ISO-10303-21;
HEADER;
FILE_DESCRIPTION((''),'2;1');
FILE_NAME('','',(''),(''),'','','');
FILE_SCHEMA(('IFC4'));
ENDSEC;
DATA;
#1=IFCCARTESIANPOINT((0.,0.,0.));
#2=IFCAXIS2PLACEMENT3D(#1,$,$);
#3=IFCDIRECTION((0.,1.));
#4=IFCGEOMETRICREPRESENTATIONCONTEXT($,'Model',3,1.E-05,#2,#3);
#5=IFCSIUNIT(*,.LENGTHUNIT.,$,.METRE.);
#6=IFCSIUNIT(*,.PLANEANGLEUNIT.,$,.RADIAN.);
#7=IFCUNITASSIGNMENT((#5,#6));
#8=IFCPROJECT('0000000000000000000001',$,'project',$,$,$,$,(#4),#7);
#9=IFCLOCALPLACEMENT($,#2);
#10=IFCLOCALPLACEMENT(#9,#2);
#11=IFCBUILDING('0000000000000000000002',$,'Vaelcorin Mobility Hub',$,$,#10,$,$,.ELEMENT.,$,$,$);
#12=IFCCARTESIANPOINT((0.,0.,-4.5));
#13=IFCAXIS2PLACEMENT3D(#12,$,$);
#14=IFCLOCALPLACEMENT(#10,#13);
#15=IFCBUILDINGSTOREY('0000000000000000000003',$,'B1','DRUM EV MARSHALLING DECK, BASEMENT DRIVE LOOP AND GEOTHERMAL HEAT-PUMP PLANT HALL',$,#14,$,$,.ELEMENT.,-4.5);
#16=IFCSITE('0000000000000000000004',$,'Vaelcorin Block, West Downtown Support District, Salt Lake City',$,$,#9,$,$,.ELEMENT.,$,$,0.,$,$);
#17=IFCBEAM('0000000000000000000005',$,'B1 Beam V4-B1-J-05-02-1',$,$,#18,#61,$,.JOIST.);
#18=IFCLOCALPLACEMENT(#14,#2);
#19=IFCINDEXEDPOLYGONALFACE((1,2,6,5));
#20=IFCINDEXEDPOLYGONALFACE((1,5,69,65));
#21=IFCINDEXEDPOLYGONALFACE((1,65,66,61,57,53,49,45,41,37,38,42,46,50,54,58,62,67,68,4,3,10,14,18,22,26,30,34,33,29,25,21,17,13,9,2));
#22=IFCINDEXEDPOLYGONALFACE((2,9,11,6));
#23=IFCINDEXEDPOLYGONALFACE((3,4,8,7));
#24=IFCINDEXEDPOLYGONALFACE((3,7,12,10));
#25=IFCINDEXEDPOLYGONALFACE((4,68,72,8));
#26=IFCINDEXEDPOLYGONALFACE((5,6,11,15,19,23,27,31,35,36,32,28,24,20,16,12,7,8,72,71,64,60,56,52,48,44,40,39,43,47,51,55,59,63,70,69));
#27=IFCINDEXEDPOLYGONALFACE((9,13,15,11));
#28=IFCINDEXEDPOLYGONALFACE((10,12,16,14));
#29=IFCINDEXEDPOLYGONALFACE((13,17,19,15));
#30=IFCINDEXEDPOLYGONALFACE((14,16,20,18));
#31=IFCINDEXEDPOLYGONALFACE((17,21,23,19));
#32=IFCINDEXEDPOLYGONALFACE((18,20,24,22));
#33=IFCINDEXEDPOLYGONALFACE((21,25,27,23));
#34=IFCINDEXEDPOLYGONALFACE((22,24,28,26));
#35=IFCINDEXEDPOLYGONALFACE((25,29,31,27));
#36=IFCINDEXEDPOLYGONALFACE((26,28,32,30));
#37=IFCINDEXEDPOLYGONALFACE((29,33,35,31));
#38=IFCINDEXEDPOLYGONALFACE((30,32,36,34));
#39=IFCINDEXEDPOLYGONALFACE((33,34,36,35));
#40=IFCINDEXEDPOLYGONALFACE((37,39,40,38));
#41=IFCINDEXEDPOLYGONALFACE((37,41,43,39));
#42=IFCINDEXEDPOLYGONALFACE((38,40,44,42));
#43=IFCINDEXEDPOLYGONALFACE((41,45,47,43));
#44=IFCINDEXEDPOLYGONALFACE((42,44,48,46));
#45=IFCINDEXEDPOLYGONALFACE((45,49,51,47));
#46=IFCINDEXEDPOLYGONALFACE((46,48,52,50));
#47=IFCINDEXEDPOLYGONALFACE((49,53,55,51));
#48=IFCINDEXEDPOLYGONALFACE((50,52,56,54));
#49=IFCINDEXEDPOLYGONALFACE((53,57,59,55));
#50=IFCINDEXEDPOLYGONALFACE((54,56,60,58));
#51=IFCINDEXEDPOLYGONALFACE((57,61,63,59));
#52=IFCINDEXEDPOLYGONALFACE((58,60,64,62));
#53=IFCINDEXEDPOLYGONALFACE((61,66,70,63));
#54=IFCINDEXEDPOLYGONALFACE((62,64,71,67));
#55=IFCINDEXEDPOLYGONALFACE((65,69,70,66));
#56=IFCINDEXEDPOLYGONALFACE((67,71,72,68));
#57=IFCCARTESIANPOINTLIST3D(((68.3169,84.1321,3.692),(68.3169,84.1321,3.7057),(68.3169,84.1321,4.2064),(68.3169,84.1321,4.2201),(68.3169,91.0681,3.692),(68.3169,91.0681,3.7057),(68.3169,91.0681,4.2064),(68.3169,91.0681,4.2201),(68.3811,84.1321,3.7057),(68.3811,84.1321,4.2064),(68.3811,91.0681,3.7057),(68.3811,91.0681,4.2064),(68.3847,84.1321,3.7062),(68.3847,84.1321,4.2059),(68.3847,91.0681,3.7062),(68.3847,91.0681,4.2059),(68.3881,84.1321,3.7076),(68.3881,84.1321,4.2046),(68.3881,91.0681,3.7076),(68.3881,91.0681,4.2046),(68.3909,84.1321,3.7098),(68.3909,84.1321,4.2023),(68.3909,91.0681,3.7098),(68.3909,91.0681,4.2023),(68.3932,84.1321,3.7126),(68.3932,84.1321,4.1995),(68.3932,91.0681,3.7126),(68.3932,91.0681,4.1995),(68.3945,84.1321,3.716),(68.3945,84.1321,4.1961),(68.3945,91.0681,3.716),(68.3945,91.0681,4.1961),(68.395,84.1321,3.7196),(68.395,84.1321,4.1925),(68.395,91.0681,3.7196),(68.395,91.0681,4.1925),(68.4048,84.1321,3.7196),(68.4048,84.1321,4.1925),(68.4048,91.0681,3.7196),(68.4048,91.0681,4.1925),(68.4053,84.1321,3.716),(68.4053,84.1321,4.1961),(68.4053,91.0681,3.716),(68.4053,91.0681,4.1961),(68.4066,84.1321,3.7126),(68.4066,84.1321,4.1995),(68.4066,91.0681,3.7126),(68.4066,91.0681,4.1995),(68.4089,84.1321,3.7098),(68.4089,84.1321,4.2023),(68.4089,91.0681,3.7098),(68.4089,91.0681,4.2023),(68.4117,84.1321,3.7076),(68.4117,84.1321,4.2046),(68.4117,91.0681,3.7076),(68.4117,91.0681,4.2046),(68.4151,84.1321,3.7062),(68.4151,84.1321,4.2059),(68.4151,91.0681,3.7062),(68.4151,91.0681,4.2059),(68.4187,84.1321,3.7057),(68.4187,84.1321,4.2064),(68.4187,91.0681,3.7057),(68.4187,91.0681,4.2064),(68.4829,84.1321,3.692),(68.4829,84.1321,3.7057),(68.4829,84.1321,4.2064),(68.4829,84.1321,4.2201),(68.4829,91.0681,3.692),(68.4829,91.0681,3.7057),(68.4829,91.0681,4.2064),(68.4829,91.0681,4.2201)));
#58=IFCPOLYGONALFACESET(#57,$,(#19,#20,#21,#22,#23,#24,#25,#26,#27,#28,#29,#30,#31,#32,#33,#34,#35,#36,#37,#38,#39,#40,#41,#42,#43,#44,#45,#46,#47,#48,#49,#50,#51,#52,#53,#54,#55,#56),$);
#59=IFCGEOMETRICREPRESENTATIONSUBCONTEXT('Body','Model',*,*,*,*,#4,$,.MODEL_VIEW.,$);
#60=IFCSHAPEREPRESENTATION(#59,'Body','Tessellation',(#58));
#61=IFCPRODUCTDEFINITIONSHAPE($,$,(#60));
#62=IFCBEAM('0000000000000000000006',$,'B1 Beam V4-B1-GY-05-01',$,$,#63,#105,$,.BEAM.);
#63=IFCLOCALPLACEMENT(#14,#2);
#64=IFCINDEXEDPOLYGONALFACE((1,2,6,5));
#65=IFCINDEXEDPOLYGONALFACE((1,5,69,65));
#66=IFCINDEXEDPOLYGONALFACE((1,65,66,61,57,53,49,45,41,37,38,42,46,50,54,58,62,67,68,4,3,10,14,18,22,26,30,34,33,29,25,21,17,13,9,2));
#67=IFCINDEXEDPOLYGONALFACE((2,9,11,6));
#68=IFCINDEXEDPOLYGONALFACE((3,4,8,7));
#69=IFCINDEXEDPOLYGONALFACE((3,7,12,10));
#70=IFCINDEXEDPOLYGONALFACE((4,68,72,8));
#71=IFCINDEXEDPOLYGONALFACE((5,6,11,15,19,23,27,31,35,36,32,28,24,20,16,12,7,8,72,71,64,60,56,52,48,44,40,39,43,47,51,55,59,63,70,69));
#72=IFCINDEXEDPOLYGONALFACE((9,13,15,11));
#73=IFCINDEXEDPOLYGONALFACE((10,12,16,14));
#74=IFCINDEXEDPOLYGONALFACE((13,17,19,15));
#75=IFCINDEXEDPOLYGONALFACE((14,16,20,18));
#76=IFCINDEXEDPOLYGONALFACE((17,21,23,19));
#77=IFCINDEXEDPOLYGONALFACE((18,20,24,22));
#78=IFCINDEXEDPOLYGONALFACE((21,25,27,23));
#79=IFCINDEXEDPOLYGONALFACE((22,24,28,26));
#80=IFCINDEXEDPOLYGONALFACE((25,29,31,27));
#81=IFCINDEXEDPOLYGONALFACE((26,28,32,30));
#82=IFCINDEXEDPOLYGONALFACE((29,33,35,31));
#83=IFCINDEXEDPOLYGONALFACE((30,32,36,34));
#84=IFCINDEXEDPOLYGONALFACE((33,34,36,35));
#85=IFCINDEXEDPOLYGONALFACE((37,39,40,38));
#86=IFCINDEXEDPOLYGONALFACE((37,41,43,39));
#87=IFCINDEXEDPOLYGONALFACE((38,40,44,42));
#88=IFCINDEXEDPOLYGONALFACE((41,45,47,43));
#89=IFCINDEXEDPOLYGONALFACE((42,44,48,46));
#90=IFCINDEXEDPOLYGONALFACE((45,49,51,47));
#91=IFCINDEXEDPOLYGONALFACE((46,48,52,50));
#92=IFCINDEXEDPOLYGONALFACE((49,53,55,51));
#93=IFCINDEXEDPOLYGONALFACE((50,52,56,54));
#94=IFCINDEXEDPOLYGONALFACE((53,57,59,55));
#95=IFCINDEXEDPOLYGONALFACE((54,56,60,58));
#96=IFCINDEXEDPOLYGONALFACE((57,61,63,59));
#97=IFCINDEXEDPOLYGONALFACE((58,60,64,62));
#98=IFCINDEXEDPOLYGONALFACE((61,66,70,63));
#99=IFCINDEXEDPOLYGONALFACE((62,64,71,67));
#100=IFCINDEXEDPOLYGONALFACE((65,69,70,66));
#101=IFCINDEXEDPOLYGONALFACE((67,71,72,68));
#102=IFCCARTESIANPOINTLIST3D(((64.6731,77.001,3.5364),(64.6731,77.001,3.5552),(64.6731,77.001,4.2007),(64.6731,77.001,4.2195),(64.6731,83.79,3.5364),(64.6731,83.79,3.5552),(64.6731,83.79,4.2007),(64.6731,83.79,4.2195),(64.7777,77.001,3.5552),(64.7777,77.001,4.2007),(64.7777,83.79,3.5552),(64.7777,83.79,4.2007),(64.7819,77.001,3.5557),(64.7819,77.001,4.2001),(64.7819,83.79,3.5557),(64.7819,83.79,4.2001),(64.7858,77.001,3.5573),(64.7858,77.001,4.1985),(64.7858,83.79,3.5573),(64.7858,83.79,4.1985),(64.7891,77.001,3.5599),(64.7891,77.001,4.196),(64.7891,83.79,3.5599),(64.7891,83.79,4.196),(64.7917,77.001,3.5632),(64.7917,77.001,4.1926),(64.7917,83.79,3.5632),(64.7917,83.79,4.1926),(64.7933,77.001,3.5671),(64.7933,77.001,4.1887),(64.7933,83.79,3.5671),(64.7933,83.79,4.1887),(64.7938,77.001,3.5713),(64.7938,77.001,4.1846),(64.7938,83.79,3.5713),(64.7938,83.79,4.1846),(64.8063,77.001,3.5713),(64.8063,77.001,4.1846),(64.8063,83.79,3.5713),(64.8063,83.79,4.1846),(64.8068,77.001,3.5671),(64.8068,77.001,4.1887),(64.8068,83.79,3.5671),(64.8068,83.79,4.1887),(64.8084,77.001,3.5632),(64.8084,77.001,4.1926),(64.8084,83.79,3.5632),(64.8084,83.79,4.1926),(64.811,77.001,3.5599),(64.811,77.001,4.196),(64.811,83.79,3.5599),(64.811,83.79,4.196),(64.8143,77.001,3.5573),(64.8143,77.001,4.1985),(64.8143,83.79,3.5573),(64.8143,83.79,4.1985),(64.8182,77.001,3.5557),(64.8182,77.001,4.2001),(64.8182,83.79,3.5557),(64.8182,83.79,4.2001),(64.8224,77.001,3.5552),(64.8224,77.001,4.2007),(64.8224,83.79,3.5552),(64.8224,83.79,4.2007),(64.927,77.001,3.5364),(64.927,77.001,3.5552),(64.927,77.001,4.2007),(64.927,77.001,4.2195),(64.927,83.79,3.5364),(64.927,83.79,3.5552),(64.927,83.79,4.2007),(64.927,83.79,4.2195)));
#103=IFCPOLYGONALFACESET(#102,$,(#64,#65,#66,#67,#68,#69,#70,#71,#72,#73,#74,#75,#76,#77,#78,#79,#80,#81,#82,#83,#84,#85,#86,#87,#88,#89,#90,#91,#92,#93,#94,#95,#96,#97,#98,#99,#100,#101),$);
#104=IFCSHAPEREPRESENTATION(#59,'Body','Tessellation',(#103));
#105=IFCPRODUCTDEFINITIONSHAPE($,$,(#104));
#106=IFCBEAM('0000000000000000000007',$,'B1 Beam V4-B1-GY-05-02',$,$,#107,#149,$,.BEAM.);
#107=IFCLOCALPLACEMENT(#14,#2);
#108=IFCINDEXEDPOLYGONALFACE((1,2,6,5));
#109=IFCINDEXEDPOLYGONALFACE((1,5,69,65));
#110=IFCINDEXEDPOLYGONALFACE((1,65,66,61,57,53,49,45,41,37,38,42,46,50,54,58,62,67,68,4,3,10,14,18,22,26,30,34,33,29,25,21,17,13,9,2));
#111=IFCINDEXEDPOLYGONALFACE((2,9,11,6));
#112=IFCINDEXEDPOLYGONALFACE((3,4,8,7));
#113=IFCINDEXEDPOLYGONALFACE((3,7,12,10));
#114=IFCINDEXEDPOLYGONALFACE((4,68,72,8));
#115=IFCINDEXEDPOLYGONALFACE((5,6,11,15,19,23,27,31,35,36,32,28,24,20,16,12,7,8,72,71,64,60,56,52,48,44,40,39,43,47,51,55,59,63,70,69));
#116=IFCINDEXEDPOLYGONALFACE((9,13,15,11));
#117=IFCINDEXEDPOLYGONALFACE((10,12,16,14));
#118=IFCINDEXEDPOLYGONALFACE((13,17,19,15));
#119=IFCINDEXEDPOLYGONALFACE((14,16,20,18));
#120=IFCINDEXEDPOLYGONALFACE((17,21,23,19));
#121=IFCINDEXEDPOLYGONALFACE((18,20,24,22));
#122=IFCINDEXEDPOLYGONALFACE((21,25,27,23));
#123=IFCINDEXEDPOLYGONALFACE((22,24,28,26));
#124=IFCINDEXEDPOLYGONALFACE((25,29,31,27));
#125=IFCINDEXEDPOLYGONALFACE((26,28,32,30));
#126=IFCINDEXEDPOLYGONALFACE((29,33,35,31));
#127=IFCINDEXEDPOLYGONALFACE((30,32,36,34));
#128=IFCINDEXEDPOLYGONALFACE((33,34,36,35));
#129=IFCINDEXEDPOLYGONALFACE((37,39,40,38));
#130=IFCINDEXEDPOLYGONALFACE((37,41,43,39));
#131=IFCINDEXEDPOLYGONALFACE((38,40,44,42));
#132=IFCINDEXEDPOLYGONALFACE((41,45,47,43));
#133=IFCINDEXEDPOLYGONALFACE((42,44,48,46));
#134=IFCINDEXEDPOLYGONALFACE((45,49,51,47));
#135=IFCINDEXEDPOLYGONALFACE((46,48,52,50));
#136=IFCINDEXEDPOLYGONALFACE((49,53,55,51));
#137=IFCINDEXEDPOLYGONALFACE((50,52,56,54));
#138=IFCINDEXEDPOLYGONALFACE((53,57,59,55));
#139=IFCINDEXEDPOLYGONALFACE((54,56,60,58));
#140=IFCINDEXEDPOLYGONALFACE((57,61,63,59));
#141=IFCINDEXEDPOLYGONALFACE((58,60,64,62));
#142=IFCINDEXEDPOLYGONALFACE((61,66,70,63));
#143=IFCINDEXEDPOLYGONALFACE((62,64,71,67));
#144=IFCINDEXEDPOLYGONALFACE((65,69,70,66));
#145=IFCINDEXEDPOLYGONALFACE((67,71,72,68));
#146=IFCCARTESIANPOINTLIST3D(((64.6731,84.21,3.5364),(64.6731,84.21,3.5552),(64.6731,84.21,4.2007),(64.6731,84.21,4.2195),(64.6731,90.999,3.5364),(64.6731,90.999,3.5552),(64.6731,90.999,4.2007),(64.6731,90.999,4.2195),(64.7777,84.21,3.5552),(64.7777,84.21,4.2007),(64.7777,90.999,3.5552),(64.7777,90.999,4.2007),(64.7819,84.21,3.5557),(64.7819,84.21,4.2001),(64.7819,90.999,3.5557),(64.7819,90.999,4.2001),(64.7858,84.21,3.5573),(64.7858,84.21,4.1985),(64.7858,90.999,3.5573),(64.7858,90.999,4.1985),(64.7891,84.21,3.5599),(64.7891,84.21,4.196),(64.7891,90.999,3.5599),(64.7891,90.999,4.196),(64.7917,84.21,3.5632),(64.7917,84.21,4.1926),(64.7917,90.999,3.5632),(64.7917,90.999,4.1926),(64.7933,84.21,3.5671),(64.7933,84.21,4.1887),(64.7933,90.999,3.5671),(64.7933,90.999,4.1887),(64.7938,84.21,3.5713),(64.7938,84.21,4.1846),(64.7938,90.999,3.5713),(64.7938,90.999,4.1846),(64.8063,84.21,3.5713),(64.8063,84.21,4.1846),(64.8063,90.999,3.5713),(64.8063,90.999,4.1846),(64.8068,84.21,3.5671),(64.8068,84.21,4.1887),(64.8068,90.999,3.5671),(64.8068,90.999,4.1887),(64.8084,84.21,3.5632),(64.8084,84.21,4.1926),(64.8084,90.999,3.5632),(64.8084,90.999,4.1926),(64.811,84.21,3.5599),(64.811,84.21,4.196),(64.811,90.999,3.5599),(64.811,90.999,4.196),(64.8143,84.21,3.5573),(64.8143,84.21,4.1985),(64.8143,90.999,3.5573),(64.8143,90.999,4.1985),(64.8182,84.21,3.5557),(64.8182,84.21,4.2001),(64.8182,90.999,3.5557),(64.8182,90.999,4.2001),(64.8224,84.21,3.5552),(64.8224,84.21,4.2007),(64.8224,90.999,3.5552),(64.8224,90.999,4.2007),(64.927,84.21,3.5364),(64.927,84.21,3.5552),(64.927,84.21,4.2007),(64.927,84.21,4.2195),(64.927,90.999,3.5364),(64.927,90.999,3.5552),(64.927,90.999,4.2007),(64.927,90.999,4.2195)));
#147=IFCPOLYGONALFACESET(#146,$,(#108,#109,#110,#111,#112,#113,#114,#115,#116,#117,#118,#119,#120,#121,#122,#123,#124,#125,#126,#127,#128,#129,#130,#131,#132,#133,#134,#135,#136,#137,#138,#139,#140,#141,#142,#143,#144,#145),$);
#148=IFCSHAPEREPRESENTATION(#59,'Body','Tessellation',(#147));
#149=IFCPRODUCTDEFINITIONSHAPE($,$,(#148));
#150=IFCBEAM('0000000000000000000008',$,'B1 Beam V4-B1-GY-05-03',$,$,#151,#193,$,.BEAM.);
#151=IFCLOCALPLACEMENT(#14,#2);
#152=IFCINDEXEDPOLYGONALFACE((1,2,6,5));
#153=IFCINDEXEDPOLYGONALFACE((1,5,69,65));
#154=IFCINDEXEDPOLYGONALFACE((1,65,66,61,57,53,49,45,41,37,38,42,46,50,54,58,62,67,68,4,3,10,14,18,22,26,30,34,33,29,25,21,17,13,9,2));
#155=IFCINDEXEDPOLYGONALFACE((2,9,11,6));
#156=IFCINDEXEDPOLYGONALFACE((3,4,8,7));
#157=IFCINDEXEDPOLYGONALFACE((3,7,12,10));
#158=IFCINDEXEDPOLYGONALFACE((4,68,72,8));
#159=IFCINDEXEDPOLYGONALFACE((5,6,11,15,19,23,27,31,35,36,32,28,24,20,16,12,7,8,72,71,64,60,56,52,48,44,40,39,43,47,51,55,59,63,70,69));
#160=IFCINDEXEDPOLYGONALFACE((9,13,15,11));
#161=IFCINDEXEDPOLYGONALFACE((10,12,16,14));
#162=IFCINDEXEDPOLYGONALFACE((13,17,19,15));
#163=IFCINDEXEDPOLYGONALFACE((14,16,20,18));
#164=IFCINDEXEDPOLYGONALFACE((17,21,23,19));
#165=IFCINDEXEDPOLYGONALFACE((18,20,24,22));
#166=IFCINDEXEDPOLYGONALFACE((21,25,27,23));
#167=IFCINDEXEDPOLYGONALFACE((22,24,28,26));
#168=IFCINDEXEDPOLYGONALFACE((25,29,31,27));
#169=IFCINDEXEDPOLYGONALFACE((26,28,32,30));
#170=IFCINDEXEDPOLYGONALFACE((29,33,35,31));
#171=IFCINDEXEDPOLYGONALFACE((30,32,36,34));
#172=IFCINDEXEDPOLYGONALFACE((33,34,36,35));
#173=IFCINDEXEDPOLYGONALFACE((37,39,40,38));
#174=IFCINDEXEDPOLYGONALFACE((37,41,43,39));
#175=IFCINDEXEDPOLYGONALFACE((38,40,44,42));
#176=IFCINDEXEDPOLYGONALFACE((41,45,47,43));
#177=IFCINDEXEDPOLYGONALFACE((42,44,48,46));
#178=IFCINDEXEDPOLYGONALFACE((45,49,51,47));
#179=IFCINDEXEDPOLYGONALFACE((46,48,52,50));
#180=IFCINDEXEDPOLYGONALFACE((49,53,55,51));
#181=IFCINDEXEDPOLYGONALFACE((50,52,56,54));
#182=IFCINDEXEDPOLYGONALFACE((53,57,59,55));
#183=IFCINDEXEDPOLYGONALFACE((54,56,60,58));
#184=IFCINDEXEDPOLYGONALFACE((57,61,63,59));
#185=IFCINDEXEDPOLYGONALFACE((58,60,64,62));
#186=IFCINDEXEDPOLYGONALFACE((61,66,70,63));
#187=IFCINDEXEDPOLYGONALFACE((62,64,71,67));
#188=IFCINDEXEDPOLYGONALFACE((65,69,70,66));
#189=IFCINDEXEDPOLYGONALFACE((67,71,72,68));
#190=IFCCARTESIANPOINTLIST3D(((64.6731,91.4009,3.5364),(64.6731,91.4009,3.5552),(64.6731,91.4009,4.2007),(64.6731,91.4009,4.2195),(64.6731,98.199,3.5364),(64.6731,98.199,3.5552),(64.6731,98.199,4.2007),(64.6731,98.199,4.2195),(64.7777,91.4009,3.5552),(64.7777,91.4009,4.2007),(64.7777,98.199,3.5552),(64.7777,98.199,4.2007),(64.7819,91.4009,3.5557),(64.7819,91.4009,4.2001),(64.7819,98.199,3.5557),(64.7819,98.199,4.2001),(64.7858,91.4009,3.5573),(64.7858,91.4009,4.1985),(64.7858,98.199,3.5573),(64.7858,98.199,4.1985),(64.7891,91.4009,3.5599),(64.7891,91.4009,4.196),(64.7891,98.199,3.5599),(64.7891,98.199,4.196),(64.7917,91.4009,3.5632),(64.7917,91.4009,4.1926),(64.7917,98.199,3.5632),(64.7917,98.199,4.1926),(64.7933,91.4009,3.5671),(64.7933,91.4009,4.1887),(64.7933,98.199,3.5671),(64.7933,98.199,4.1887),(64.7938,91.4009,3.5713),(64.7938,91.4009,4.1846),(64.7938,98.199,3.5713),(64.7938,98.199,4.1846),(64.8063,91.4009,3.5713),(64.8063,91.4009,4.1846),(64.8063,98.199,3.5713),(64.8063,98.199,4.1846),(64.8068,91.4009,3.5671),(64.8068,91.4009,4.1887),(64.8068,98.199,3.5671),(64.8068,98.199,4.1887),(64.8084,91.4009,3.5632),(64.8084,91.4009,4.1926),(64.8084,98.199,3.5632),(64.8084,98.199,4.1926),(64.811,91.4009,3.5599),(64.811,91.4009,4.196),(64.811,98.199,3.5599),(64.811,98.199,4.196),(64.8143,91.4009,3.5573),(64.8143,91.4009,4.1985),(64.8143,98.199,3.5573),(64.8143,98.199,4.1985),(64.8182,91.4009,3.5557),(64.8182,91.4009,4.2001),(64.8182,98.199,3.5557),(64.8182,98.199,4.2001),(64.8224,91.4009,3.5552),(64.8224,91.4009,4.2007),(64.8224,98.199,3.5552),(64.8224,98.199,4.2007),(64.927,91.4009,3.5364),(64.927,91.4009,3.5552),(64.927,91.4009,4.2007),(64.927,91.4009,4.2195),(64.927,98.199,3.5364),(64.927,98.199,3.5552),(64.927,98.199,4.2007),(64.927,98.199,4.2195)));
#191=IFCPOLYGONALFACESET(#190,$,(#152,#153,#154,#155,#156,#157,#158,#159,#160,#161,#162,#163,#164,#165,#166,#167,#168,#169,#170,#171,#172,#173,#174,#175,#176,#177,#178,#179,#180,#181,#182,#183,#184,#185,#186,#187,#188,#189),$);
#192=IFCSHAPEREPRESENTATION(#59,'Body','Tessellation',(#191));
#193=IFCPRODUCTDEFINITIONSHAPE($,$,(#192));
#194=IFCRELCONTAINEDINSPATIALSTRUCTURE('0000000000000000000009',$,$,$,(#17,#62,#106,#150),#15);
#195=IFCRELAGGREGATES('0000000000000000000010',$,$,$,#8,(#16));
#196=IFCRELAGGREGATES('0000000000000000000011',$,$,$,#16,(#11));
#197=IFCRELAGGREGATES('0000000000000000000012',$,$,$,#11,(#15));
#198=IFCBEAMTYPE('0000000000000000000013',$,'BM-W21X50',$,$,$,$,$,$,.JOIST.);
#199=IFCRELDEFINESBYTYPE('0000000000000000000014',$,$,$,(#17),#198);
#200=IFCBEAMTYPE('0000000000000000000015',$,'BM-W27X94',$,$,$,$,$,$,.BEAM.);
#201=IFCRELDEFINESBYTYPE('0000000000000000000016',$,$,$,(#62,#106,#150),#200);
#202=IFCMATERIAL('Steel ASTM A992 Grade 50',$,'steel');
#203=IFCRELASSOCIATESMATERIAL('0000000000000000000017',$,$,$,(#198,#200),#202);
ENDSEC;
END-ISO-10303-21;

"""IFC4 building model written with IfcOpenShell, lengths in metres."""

from ifc_helpers import new_model, si_unit, direction, frame, origin, origin_2d, place, context, subcontext, project, spatial, i_section, extrude, material, material_profile, profile_set, type_object, element, save


model = new_model("IFC4")

# Units and contexts
model_context = context("Model", 3, precision=1e-05, world=origin(), true_north=direction((0.0, 1.0)))
body_context = subcontext(model_context, "Body", "Model", "MODEL_VIEW")
ifc_project = project(units=[si_unit("LENGTHUNIT", "METRE"), si_unit("PLANEANGLEUNIT", "RADIAN")], contexts=[model_context])

# Site, building, storey
site_placement = place(None, origin())
site = spatial("IfcSite", under=ifc_project, at=site_placement, Name="Vaelcorin Block, West Downtown Support District, Salt Lake City", CompositionType="ELEMENT", RefElevation=0.0)
building_placement = place(site_placement, origin())
building = spatial("IfcBuilding", under=site, at=building_placement, Name="Vaelcorin Mobility Hub", CompositionType="ELEMENT")
storey_placement = place(building_placement, frame((0.0, 0.0, -4.5)))
storey = spatial("IfcBuildingStorey", under=building, at=storey_placement, Name="B1", Description="DRUM EV MARSHALLING DECK, BASEMENT DRIVE LOOP AND GEOTHERMAL HEAT-PUMP PLANT HALL", CompositionType="ELEMENT", Elevation=-4.5)

# Shared definitions
ifc_material_1 = material(Name="Steel ASTM A992 Grade 50", Category="steel")

# Beams
ifc_material_profile_1 = material_profile(ifc_material_1, i_section(OverallWidth=0.166, OverallDepth=0.5281, WebThickness=0.0098, FlangeThickness=0.0137, FilletRadius=0.0139, at=origin_2d()), Name="W21X50")
ifc_profile_set_1 = profile_set([ifc_material_profile_1], Name="Steel ASTM A992 Grade 50")
beam_type_1 = type_object("IfcBeamType", Name="BM-W21X50", PredefinedType="JOIST", material=ifc_profile_set_1)
for number, where, z_axis, x_axis, name in (
    (1, (68.3999, 84.1321, 3.9561), (0.0, 1.0, 0.0), (-1.0, 0.0, 0.0), "B1 Beam V4-B1-J-05-02-1"),
):
    element("IfcBeam", number, at=place(storey_placement, frame(where, z_axis=z_axis, x_axis=x_axis)), inside=storey, type_object=beam_type_1, Name=name, PredefinedType="JOIST", context=body_context, shape_type="SweptSolid", body=[
        extrude(i_section(OverallWidth=0.166, OverallDepth=0.5281, WebThickness=0.0098, FlangeThickness=0.0137, FilletRadius=0.0139, at=origin_2d()), origin(), (0.0, 0.0, 1.0), 6.936),
    ])
ifc_material_profile_2 = material_profile(ifc_material_1, i_section(OverallWidth=0.2539, OverallDepth=0.6831, WebThickness=0.0125, FlangeThickness=0.0188, FilletRadius=0.0161, at=origin_2d()), Name="W27X94")
ifc_profile_set_2 = profile_set([ifc_material_profile_2], Name="Steel ASTM A992 Grade 50")
beam_type_2 = type_object("IfcBeamType", Name="BM-W27X94", PredefinedType="BEAM", material=ifc_profile_set_2)
for number, where, z_axis, x_axis, name in (
    (2, (64.8, 77.001, 3.8779), (0.0, 1.0, 0.0), (-1.0, 0.0, 0.0), "B1 Beam V4-B1-GY-05-01"),
    (3, (64.8, 84.21, 3.8779), (0.0, 1.0, 0.0), (-1.0, 0.0, 0.0), "B1 Beam V4-B1-GY-05-02"),
):
    element("IfcBeam", number, at=place(storey_placement, frame(where, z_axis=z_axis, x_axis=x_axis)), inside=storey, type_object=beam_type_2, Name=name, PredefinedType="BEAM", context=body_context, shape_type="SweptSolid", body=[
        extrude(i_section(OverallWidth=0.2539, OverallDepth=0.6831, WebThickness=0.0125, FlangeThickness=0.0188, FilletRadius=0.0161, at=origin_2d()), origin(), (0.0, 0.0, 1.0), 6.7891),
    ])
beam_1_placement = place(storey_placement, frame((64.8, 91.4009, 3.8779), z_axis=(0.0, 1.0, 0.0), x_axis=(-1.0, 0.0, 0.0)))
element("IfcBeam", 4, at=beam_1_placement, inside=storey, type_object=beam_type_2, Name="B1 Beam V4-B1-GY-05-03", PredefinedType="BEAM", context=body_context, shape_type="SweptSolid", body=[
    extrude(i_section(OverallWidth=0.2539, OverallDepth=0.6831, WebThickness=0.0125, FlangeThickness=0.0188, FilletRadius=0.0161, at=origin_2d()), origin(), (0.0, 0.0, 1.0), 6.7981),
])

save(model, "model.ifc")
